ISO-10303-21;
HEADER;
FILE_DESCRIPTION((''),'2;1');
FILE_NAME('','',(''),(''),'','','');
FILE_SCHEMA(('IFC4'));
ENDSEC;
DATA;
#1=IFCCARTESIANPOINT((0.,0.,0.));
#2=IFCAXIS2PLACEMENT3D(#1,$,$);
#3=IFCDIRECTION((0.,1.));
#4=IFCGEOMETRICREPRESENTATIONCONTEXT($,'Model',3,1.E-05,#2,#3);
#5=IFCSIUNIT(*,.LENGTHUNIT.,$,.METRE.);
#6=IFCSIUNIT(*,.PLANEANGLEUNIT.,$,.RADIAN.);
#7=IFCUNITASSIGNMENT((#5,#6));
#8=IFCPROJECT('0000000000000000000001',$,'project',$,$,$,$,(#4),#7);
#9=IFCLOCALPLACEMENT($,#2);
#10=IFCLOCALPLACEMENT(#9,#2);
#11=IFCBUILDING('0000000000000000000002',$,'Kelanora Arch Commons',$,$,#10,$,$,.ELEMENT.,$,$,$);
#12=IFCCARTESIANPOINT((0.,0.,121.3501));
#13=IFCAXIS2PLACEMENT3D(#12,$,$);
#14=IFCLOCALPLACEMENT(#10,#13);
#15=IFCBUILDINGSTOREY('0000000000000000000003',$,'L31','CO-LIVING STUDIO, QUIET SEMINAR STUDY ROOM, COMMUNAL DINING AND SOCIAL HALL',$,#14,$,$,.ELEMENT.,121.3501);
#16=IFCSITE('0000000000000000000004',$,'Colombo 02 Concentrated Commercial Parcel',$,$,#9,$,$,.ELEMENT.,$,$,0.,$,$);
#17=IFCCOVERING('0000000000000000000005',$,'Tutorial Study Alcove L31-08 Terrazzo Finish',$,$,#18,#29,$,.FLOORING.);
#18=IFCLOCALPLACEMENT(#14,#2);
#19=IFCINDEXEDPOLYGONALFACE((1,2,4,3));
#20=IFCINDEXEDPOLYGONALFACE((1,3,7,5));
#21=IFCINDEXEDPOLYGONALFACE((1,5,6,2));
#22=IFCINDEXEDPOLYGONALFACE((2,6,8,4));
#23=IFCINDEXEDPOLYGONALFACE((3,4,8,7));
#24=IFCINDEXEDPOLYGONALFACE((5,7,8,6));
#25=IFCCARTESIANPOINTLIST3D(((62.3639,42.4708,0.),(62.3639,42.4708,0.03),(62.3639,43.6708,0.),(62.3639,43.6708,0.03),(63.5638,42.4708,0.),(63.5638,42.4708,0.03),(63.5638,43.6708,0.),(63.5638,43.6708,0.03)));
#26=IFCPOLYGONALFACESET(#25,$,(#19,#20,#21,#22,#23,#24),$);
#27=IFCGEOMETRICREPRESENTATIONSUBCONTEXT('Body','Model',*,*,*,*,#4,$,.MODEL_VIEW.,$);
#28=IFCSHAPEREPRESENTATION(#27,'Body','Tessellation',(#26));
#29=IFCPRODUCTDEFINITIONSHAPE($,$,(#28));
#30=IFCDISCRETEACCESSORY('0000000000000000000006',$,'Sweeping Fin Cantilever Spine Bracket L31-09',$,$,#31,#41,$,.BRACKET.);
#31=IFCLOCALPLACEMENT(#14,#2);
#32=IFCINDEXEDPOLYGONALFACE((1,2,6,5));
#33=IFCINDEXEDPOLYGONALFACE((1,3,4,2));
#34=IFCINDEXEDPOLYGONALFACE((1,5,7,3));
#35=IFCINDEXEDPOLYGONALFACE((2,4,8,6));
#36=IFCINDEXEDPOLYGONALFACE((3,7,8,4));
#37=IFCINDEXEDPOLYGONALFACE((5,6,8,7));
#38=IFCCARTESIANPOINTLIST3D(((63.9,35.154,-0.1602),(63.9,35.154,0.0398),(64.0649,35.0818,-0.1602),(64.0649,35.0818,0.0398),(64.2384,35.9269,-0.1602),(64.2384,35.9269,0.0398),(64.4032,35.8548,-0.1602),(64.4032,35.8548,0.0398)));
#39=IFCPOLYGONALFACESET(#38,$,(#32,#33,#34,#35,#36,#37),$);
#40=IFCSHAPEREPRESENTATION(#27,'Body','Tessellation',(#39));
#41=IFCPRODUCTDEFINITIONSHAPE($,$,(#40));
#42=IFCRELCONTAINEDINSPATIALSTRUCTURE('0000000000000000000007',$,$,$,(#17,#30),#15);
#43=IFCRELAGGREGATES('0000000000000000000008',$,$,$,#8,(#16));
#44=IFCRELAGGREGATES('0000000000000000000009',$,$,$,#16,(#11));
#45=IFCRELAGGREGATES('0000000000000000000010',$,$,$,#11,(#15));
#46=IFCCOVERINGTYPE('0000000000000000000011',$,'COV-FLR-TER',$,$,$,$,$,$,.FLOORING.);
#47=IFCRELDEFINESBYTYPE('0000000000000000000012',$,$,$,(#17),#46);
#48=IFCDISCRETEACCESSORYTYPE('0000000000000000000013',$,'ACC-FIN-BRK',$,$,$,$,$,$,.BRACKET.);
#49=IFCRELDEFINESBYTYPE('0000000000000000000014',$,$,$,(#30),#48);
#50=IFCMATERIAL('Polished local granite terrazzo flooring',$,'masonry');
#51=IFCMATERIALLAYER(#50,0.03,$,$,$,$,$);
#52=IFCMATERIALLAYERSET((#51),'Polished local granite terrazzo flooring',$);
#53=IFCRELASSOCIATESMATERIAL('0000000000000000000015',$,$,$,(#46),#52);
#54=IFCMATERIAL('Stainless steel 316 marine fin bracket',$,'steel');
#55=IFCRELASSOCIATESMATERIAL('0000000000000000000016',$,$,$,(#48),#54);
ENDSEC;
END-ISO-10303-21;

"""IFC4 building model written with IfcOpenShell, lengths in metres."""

from ifc_helpers import new_model, si_unit, direction, frame, origin, origin_2d, place, context, subcontext, project, spatial, rectangle, extrude, source, transform, mapped, material, layer, layer_set, type_object, element, save


model = new_model("IFC4")

# Units and contexts
model_context = context("Model", 3, precision=1e-05, world=origin(), true_north=direction((0.0, 1.0)))
body_context = subcontext(model_context, "Body", "Model", "MODEL_VIEW")
ifc_project = project(units=[si_unit("LENGTHUNIT", "METRE"), si_unit("PLANEANGLEUNIT", "RADIAN")], contexts=[model_context])

# Site, building, storey
site_placement = place(None, origin())
site = spatial("IfcSite", under=ifc_project, at=site_placement, Name="Colombo 02 Concentrated Commercial Parcel", CompositionType="ELEMENT", RefElevation=0.0)
building_placement = place(site_placement, origin())
building = spatial("IfcBuilding", under=site, at=building_placement, Name="Kelanora Arch Commons", CompositionType="ELEMENT")
storey_placement = place(building_placement, frame((0.0, 0.0, 121.3501)))
storey = spatial("IfcBuildingStorey", under=building, at=storey_placement, Name="L31", Description="CO-LIVING STUDIO, QUIET SEMINAR STUDY ROOM, COMMUNAL DINING AND SOCIAL HALL", CompositionType="ELEMENT", Elevation=121.3501)

# Covering
ifc_material_1 = material(Name="Polished local granite terrazzo flooring", Category="masonry")
ifc_layer_1 = layer(ifc_material_1, 0.03)
ifc_layer_set_1 = layer_set([ifc_layer_1], Name="Polished local granite terrazzo flooring")
covering_type = type_object("IfcCoveringType", Name="COV-FLR-TER", PredefinedType="FLOORING", material=ifc_layer_set_1)
shared_shape_1 = source(origin(), body_context, "Body", "SweptSolid", [
    extrude(rectangle(XDim=1.2, YDim=1.2, at=origin_2d()), origin(), (0.0, 0.0, 1.0), 0.03),
])
covering_placement = place(storey_placement, frame((62.9639, 43.0708, 0.0), z_axis=(0.0, 0.0, 1.0), x_axis=(1.0, 0.0, 0.0)))
element("IfcCovering", 1, at=covering_placement, inside=storey, type_object=covering_type, Name="Tutorial Study Alcove L31-08 Terrazzo Finish", PredefinedType="FLOORING", context=body_context, shape_type="MappedRepresentation", body=[
    mapped(shared_shape_1, transform((0.0, 0.0, 0.0), scale=1.0)),
])

# Discrete accessory
ifc_material_2 = material(Name="Stainless steel 316 marine fin bracket", Category="steel")
discrete_accessory_type = type_object("IfcDiscreteAccessoryType", Name="ACC-FIN-BRK", PredefinedType="BRACKET", material=ifc_material_2)
shared_shape_2 = source(origin(), body_context, "Body", "SweptSolid", [
    extrude(rectangle(XDim=0.8438, YDim=0.1799, at=origin_2d()), origin(), (0.0, 0.0, 1.0), 0.2),
])
discrete_accessory_placement = place(storey_placement, frame((64.1516, 35.5044, -0.1602), z_axis=(0.0, 0.0, 1.0), x_axis=(-0.400989, -0.916083, 0.0)))
element("IfcDiscreteAccessory", 2, at=discrete_accessory_placement, inside=storey, type_object=discrete_accessory_type, Name="Sweeping Fin Cantilever Spine Bracket L31-09", PredefinedType="BRACKET", context=body_context, shape_type="MappedRepresentation", body=[
    mapped(shared_shape_2, transform((0.0, 0.0, 0.0), scale=1.0)),
])

save(model, "model.ifc")
